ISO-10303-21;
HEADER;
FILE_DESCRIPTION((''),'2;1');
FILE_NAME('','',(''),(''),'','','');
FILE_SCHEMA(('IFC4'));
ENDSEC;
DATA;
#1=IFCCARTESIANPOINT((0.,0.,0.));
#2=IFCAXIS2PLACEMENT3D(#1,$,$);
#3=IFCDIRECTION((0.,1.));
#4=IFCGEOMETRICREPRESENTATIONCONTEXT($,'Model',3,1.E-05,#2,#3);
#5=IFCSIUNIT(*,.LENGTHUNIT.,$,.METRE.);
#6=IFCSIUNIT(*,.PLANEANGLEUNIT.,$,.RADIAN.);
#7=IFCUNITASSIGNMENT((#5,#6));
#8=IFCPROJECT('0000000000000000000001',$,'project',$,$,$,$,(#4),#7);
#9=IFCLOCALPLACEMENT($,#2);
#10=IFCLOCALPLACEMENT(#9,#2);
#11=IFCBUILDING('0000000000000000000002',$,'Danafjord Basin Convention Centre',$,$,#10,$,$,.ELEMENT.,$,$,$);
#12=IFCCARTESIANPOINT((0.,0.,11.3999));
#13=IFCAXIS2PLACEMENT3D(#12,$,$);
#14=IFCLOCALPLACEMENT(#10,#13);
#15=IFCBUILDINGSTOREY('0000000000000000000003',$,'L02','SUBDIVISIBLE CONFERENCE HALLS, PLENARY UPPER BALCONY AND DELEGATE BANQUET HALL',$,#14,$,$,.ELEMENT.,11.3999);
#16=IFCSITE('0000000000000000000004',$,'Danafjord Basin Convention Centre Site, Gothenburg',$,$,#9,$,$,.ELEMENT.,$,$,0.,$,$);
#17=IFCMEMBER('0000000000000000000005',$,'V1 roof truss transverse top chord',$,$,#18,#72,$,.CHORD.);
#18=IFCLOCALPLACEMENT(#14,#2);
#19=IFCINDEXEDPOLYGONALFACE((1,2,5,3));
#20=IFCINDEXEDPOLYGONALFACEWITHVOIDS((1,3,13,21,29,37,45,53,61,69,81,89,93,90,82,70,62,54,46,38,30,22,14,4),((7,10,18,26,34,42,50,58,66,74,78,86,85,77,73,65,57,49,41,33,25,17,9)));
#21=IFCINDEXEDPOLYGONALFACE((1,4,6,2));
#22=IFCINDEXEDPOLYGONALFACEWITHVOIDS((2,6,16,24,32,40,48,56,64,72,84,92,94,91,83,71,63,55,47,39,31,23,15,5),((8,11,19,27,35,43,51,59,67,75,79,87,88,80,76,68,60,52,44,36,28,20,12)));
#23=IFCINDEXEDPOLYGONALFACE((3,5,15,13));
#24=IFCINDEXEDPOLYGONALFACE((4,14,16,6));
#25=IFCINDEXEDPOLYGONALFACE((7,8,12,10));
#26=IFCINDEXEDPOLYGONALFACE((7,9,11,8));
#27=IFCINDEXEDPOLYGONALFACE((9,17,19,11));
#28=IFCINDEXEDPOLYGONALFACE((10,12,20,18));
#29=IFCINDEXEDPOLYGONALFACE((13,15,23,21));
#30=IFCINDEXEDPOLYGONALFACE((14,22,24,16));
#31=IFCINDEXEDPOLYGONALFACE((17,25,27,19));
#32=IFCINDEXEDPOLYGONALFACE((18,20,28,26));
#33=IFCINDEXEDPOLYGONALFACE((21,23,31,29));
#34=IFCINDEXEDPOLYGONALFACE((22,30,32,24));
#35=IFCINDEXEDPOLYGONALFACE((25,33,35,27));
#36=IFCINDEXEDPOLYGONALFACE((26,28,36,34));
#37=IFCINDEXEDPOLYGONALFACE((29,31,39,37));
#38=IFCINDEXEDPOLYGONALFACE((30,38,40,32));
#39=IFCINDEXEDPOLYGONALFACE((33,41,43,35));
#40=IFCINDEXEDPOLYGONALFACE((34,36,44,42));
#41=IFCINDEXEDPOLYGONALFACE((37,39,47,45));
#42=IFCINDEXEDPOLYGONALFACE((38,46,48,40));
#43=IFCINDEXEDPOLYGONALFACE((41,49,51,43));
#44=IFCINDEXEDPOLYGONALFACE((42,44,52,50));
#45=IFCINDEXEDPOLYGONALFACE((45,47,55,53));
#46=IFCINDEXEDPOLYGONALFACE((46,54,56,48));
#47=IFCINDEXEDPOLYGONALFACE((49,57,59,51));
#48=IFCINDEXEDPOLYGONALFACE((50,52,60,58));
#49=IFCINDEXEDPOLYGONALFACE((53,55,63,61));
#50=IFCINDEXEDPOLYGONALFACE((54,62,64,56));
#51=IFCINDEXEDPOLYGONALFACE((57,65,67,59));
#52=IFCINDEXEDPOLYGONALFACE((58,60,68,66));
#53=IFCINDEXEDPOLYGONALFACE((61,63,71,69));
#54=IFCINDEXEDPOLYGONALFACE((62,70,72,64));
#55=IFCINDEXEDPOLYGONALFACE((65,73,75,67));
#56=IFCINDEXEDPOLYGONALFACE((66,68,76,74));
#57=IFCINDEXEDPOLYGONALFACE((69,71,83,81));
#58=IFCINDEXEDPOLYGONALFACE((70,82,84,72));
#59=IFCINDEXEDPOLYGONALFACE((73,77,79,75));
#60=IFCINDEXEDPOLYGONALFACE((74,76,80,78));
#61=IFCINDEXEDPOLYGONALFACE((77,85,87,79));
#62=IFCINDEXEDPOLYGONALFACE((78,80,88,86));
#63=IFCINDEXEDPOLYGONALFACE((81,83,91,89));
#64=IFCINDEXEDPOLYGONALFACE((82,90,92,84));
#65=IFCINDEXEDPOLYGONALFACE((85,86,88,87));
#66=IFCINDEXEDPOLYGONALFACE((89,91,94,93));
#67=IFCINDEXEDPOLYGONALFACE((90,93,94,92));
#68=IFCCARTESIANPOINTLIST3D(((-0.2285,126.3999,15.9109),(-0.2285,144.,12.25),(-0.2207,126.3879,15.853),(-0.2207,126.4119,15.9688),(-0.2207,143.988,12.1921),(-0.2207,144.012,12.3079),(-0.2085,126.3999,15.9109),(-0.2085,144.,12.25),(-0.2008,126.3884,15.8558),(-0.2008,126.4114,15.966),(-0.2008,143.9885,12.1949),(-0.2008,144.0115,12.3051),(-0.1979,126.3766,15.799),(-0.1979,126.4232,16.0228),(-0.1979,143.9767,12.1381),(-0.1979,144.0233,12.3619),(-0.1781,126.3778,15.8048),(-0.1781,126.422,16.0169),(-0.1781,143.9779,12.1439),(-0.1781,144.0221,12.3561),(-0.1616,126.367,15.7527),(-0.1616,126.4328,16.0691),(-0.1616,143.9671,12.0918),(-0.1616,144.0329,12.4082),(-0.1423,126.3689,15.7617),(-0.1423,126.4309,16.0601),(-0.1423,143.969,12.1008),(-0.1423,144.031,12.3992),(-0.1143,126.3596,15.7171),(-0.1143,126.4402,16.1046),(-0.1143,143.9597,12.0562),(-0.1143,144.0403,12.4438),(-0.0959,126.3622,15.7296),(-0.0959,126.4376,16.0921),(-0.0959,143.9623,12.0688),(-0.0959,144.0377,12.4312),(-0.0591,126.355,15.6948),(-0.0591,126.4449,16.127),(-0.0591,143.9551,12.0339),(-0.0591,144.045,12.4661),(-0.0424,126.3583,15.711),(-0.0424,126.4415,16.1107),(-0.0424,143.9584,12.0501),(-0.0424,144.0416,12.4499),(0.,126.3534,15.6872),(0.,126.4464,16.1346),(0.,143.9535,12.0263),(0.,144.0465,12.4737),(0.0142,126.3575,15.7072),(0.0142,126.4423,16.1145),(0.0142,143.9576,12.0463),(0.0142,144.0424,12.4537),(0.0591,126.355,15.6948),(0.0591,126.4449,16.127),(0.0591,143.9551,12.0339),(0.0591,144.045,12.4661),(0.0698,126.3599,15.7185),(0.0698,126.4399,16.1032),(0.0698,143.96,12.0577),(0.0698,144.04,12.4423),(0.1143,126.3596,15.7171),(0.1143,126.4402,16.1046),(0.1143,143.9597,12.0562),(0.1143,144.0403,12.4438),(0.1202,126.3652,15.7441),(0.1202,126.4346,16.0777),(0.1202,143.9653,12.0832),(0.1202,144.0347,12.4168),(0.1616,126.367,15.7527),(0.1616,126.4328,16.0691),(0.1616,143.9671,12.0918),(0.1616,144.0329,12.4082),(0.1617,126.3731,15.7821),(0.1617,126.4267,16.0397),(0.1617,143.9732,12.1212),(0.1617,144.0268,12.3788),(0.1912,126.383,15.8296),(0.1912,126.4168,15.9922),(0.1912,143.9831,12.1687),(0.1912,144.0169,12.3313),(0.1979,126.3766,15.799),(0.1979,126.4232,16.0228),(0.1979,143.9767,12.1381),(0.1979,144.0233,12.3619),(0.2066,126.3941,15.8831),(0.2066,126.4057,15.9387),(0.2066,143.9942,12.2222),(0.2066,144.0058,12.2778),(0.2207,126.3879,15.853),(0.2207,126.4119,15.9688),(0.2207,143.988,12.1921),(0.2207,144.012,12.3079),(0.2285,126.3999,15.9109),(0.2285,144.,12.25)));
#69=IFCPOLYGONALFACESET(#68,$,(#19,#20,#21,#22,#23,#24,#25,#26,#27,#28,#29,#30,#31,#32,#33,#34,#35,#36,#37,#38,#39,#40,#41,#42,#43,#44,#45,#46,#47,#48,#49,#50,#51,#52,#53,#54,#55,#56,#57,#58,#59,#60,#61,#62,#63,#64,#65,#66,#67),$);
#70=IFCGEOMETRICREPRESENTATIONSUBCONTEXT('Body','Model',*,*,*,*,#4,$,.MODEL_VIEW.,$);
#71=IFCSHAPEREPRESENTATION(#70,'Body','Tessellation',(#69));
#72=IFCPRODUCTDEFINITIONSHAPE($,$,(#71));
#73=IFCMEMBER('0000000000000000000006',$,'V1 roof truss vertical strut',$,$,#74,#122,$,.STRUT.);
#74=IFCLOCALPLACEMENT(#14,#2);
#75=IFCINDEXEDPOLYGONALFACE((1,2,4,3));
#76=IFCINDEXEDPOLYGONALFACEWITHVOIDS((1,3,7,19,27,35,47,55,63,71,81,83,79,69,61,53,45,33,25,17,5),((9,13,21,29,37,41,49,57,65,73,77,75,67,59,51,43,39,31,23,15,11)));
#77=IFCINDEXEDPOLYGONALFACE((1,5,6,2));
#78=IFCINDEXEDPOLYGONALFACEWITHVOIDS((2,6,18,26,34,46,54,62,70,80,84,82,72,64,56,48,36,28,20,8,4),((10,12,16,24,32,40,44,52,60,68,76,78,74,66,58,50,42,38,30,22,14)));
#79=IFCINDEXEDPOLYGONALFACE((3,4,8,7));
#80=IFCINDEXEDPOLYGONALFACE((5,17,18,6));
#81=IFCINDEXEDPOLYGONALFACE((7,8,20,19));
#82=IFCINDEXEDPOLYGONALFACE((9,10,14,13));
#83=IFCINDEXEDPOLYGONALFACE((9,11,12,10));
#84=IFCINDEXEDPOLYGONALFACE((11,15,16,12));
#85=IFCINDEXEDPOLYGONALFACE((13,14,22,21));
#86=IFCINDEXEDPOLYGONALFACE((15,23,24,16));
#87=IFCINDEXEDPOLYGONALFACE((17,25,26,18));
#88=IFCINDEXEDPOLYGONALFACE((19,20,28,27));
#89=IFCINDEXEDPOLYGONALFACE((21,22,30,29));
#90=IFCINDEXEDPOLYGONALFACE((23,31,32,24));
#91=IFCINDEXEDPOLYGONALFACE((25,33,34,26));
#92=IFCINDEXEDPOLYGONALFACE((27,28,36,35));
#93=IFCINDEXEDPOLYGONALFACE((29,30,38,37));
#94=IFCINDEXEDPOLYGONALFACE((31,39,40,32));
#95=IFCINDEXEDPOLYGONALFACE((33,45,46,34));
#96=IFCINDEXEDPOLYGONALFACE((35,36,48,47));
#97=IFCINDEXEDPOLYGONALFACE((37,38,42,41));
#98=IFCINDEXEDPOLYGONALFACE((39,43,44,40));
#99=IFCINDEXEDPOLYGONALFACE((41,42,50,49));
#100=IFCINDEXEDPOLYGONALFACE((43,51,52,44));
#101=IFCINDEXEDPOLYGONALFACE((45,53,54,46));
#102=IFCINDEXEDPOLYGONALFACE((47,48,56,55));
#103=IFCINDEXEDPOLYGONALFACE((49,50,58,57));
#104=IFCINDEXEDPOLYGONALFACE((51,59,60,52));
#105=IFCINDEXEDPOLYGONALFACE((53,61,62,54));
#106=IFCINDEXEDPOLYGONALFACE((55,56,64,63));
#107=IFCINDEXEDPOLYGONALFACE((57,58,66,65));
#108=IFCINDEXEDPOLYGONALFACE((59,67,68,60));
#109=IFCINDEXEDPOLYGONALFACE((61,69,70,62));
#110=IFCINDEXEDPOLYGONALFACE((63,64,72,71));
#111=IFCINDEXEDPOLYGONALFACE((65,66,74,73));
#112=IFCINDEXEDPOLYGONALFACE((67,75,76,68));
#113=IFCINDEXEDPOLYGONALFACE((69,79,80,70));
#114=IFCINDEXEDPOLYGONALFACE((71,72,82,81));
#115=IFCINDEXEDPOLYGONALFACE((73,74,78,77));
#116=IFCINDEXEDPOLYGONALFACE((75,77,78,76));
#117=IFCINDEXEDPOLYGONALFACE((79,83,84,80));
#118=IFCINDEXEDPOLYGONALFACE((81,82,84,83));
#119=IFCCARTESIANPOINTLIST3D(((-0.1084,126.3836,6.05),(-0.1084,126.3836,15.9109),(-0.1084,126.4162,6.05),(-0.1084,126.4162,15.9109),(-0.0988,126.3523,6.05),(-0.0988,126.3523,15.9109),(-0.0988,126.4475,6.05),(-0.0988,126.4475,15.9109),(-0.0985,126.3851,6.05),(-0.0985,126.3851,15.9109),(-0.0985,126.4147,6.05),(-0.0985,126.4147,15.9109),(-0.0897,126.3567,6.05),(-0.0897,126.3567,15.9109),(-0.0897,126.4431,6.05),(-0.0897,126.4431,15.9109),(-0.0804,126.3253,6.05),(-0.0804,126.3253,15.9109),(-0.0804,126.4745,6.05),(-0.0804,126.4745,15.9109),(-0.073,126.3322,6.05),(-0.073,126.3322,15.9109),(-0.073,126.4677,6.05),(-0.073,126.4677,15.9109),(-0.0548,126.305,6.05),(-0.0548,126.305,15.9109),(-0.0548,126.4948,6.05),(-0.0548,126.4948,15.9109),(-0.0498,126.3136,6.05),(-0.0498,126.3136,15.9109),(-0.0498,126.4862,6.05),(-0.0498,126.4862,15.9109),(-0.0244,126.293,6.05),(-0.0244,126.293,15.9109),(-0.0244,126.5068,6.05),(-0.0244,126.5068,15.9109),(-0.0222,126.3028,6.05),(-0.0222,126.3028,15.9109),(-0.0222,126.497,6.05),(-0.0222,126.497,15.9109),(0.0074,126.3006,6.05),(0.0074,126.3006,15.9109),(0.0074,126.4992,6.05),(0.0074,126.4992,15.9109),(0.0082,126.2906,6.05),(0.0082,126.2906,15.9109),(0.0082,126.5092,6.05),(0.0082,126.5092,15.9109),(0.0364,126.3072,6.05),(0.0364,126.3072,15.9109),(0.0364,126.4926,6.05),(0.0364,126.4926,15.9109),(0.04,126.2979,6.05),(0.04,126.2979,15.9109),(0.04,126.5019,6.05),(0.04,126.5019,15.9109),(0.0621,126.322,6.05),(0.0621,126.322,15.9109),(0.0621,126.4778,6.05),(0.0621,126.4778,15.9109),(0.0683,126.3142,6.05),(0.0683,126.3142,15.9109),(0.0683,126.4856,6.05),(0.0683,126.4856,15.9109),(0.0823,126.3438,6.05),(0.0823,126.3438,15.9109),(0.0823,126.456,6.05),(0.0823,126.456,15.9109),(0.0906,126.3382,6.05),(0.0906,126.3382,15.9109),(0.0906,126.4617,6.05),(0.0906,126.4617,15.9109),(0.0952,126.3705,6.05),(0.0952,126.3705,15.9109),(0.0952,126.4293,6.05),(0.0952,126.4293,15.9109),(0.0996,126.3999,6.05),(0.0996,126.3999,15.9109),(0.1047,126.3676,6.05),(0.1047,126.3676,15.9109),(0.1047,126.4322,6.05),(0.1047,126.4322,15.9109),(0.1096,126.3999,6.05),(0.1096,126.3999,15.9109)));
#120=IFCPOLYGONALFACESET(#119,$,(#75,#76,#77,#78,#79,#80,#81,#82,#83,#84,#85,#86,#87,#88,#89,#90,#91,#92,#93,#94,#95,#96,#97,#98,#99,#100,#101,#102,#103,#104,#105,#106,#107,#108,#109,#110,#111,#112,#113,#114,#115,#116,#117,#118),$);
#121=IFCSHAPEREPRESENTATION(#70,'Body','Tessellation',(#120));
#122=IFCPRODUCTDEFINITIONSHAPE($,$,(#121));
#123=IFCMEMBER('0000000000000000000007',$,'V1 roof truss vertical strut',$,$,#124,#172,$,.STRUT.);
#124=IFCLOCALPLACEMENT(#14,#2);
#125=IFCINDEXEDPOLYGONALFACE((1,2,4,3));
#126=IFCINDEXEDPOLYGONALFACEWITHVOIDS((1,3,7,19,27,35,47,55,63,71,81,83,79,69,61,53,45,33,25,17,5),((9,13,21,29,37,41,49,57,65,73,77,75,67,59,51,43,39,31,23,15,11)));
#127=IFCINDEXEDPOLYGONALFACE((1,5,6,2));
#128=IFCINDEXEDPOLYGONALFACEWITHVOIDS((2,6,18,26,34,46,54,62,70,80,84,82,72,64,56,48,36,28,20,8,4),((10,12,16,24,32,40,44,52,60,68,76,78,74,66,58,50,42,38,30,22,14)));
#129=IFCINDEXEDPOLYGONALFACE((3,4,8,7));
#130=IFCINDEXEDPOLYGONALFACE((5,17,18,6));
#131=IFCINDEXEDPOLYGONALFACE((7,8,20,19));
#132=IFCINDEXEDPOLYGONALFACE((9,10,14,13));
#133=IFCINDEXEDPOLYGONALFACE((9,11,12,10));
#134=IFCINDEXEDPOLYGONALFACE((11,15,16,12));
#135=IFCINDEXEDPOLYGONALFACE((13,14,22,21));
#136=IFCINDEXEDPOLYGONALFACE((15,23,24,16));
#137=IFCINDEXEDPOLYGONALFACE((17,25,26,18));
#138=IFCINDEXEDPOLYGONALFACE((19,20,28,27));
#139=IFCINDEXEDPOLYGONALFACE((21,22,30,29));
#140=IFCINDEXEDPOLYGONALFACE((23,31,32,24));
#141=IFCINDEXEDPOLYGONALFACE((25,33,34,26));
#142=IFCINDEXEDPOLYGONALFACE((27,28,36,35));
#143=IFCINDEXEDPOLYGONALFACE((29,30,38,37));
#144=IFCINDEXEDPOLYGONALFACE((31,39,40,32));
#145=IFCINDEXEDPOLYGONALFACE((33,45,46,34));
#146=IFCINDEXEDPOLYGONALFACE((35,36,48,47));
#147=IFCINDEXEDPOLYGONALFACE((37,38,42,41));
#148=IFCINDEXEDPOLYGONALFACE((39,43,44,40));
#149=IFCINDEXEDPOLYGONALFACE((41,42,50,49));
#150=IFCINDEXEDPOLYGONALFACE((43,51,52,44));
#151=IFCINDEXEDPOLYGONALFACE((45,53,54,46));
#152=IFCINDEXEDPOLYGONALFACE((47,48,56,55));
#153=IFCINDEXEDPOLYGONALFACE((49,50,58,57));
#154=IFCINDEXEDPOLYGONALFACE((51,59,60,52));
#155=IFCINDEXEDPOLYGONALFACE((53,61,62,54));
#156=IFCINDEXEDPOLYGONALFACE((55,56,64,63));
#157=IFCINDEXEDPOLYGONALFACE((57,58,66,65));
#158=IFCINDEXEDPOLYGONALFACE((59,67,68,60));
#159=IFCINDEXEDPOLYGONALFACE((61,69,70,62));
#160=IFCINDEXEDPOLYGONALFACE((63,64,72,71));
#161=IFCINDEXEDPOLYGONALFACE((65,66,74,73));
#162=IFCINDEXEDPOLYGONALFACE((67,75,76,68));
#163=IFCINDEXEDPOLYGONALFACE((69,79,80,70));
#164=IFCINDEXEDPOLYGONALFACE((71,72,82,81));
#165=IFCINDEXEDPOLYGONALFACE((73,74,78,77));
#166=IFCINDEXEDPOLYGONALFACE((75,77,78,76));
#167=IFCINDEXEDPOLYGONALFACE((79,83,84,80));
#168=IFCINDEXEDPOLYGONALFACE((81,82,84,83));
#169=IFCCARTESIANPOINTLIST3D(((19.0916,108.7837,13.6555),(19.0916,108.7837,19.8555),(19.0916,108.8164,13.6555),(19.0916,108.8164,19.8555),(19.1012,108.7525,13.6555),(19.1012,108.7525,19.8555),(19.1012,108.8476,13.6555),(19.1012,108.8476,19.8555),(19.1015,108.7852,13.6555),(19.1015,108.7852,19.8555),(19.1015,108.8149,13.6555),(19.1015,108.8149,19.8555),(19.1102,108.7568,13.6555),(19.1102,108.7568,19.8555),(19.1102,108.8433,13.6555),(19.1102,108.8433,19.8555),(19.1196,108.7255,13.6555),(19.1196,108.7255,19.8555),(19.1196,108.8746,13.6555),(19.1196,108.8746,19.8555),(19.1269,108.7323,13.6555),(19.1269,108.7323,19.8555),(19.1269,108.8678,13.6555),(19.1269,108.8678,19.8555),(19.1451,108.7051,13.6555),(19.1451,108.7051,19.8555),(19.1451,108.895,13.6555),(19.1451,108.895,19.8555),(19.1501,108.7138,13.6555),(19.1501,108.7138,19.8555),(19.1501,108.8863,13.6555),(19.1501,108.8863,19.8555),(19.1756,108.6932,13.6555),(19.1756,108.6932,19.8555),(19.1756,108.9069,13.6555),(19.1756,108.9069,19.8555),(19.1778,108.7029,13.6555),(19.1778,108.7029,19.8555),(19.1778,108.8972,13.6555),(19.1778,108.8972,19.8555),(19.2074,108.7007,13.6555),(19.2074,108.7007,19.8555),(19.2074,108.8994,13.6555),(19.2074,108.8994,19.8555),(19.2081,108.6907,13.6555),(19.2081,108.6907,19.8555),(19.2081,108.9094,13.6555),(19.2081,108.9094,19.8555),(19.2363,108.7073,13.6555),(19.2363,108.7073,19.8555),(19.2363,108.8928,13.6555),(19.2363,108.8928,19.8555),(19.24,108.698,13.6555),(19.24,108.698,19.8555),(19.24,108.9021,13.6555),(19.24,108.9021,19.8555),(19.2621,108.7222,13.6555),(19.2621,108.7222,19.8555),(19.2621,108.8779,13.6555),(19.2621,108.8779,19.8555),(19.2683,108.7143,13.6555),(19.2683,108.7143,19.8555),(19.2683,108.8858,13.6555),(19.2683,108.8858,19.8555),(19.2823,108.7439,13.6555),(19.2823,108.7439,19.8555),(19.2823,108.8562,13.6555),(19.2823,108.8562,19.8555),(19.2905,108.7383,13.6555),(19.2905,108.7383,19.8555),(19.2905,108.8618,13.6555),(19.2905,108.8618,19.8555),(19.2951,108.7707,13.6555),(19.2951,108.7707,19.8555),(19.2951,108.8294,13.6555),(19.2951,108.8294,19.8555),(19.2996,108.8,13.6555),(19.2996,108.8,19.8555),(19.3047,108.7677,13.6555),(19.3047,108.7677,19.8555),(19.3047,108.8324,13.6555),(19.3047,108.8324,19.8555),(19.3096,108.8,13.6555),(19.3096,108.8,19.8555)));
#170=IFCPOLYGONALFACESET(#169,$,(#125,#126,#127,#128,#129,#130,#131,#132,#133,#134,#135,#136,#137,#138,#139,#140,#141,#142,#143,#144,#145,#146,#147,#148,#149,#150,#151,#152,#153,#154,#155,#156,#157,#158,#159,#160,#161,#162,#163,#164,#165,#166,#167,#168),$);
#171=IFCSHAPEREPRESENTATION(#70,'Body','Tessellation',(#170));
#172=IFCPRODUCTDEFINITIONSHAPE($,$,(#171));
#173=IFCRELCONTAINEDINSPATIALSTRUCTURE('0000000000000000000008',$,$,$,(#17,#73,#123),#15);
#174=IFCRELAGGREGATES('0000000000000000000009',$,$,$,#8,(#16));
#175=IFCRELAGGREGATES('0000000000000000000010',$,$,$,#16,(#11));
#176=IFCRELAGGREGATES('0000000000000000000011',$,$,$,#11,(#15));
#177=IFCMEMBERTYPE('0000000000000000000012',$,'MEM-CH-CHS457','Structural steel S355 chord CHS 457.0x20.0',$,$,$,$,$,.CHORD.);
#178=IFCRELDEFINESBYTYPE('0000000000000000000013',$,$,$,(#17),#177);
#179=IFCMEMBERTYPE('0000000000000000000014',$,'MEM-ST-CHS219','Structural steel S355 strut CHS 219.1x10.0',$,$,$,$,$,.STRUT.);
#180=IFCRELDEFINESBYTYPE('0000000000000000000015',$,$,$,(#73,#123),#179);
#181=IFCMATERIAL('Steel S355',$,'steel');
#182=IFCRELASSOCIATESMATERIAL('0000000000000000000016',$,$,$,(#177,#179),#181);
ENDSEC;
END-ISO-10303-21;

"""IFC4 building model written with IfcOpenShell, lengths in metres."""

from ifc_helpers import new_model, si_unit, direction, frame, origin, origin_2d, place, context, subcontext, project, spatial, hollow_circle, extrude, material, material_profile, profile_set, type_object, element, save


model = new_model("IFC4")

# Units and contexts
model_context = context("Model", 3, precision=1e-05, world=origin(), true_north=direction((0.0, 1.0)))
body_context = subcontext(model_context, "Body", "Model", "MODEL_VIEW")
ifc_project = project(units=[si_unit("LENGTHUNIT", "METRE"), si_unit("PLANEANGLEUNIT", "RADIAN")], contexts=[model_context])

# Site, building, storey
site_placement = place(None, origin())
site = spatial("IfcSite", under=ifc_project, at=site_placement, Name="Danafjord Basin Convention Centre Site, Gothenburg", CompositionType="ELEMENT", RefElevation=0.0)
building_placement = place(site_placement, origin())
building = spatial("IfcBuilding", under=site, at=building_placement, Name="Danafjord Basin Convention Centre", CompositionType="ELEMENT")
storey_placement = place(building_placement, frame((0.0, 0.0, 11.3999)))
storey = spatial("IfcBuildingStorey", under=building, at=storey_placement, Name="L02", Description="SUBDIVISIBLE CONFERENCE HALLS, PLENARY UPPER BALCONY AND DELEGATE BANQUET HALL", CompositionType="ELEMENT", Elevation=11.3999)

# Shared definitions
ifc_material_1 = material(Name="Steel S355", Category="steel")

# Members
ifc_material_profile_1 = material_profile(ifc_material_1, hollow_circle(Radius=0.2285, WallThickness=0.02, at=origin_2d()), Name="CHS 457.0x20.0")
ifc_profile_set_1 = profile_set([ifc_material_profile_1], Name="Steel S355")
member_type_1 = type_object("IfcMemberType", Name="MEM-CH-CHS457", Description="Structural steel S355 chord CHS 457.0x20.0", PredefinedType="CHORD", material=ifc_profile_set_1)
member_1_placement = place(storey_placement, frame((0.0, 126.3999, 15.9109), z_axis=(0.0, 0.979045, -0.203645), x_axis=(-1.0, 0.0, 0.0)))
element("IfcMember", 1, at=member_1_placement, inside=storey, type_object=member_type_1, Name="V1 roof truss transverse top chord", PredefinedType="CHORD", context=body_context, shape_type="SweptSolid", body=[
    extrude(hollow_circle(Radius=0.2285, WallThickness=0.02, at=origin_2d()), origin(), (0.0, 0.0, 1.0), 17.9768),
])
ifc_material_profile_2 = material_profile(ifc_material_1, hollow_circle(Radius=0.1096, WallThickness=0.01, at=origin_2d()), Name="CHS 219.1x10.0")
ifc_profile_set_2 = profile_set([ifc_material_profile_2], Name="Steel S355")
member_type_2 = type_object("IfcMemberType", Name="MEM-ST-CHS219", Description="Structural steel S355 strut CHS 219.1x10.0", PredefinedType="STRUT", material=ifc_profile_set_2)
member_2_placement = place(storey_placement, frame((0.0, 126.3999, 6.05), z_axis=(0.0, 0.0, 1.0), x_axis=(1.0, 0.0, 0.0)))
element("IfcMember", 2, at=member_2_placement, inside=storey, type_object=member_type_2, Name="V1 roof truss vertical strut", PredefinedType="STRUT", context=body_context, shape_type="SweptSolid", body=[
    extrude(hollow_circle(Radius=0.1096, WallThickness=0.01, at=origin_2d()), origin(), (0.0, 0.0, 1.0), 9.8608),
])
member_3_placement = place(storey_placement, frame((19.2, 108.8, 13.6555), z_axis=(0.0, 0.0, 1.0), x_axis=(1.0, 0.0, 0.0)))
element("IfcMember", 3, at=member_3_placement, inside=storey, type_object=member_type_2, Name="V1 roof truss vertical strut", PredefinedType="STRUT", context=body_context, shape_type="SweptSolid", body=[
    extrude(hollow_circle(Radius=0.1096, WallThickness=0.01, at=origin_2d()), origin(), (0.0, 0.0, 1.0), 6.2),
])

save(model, "model.ifc")
